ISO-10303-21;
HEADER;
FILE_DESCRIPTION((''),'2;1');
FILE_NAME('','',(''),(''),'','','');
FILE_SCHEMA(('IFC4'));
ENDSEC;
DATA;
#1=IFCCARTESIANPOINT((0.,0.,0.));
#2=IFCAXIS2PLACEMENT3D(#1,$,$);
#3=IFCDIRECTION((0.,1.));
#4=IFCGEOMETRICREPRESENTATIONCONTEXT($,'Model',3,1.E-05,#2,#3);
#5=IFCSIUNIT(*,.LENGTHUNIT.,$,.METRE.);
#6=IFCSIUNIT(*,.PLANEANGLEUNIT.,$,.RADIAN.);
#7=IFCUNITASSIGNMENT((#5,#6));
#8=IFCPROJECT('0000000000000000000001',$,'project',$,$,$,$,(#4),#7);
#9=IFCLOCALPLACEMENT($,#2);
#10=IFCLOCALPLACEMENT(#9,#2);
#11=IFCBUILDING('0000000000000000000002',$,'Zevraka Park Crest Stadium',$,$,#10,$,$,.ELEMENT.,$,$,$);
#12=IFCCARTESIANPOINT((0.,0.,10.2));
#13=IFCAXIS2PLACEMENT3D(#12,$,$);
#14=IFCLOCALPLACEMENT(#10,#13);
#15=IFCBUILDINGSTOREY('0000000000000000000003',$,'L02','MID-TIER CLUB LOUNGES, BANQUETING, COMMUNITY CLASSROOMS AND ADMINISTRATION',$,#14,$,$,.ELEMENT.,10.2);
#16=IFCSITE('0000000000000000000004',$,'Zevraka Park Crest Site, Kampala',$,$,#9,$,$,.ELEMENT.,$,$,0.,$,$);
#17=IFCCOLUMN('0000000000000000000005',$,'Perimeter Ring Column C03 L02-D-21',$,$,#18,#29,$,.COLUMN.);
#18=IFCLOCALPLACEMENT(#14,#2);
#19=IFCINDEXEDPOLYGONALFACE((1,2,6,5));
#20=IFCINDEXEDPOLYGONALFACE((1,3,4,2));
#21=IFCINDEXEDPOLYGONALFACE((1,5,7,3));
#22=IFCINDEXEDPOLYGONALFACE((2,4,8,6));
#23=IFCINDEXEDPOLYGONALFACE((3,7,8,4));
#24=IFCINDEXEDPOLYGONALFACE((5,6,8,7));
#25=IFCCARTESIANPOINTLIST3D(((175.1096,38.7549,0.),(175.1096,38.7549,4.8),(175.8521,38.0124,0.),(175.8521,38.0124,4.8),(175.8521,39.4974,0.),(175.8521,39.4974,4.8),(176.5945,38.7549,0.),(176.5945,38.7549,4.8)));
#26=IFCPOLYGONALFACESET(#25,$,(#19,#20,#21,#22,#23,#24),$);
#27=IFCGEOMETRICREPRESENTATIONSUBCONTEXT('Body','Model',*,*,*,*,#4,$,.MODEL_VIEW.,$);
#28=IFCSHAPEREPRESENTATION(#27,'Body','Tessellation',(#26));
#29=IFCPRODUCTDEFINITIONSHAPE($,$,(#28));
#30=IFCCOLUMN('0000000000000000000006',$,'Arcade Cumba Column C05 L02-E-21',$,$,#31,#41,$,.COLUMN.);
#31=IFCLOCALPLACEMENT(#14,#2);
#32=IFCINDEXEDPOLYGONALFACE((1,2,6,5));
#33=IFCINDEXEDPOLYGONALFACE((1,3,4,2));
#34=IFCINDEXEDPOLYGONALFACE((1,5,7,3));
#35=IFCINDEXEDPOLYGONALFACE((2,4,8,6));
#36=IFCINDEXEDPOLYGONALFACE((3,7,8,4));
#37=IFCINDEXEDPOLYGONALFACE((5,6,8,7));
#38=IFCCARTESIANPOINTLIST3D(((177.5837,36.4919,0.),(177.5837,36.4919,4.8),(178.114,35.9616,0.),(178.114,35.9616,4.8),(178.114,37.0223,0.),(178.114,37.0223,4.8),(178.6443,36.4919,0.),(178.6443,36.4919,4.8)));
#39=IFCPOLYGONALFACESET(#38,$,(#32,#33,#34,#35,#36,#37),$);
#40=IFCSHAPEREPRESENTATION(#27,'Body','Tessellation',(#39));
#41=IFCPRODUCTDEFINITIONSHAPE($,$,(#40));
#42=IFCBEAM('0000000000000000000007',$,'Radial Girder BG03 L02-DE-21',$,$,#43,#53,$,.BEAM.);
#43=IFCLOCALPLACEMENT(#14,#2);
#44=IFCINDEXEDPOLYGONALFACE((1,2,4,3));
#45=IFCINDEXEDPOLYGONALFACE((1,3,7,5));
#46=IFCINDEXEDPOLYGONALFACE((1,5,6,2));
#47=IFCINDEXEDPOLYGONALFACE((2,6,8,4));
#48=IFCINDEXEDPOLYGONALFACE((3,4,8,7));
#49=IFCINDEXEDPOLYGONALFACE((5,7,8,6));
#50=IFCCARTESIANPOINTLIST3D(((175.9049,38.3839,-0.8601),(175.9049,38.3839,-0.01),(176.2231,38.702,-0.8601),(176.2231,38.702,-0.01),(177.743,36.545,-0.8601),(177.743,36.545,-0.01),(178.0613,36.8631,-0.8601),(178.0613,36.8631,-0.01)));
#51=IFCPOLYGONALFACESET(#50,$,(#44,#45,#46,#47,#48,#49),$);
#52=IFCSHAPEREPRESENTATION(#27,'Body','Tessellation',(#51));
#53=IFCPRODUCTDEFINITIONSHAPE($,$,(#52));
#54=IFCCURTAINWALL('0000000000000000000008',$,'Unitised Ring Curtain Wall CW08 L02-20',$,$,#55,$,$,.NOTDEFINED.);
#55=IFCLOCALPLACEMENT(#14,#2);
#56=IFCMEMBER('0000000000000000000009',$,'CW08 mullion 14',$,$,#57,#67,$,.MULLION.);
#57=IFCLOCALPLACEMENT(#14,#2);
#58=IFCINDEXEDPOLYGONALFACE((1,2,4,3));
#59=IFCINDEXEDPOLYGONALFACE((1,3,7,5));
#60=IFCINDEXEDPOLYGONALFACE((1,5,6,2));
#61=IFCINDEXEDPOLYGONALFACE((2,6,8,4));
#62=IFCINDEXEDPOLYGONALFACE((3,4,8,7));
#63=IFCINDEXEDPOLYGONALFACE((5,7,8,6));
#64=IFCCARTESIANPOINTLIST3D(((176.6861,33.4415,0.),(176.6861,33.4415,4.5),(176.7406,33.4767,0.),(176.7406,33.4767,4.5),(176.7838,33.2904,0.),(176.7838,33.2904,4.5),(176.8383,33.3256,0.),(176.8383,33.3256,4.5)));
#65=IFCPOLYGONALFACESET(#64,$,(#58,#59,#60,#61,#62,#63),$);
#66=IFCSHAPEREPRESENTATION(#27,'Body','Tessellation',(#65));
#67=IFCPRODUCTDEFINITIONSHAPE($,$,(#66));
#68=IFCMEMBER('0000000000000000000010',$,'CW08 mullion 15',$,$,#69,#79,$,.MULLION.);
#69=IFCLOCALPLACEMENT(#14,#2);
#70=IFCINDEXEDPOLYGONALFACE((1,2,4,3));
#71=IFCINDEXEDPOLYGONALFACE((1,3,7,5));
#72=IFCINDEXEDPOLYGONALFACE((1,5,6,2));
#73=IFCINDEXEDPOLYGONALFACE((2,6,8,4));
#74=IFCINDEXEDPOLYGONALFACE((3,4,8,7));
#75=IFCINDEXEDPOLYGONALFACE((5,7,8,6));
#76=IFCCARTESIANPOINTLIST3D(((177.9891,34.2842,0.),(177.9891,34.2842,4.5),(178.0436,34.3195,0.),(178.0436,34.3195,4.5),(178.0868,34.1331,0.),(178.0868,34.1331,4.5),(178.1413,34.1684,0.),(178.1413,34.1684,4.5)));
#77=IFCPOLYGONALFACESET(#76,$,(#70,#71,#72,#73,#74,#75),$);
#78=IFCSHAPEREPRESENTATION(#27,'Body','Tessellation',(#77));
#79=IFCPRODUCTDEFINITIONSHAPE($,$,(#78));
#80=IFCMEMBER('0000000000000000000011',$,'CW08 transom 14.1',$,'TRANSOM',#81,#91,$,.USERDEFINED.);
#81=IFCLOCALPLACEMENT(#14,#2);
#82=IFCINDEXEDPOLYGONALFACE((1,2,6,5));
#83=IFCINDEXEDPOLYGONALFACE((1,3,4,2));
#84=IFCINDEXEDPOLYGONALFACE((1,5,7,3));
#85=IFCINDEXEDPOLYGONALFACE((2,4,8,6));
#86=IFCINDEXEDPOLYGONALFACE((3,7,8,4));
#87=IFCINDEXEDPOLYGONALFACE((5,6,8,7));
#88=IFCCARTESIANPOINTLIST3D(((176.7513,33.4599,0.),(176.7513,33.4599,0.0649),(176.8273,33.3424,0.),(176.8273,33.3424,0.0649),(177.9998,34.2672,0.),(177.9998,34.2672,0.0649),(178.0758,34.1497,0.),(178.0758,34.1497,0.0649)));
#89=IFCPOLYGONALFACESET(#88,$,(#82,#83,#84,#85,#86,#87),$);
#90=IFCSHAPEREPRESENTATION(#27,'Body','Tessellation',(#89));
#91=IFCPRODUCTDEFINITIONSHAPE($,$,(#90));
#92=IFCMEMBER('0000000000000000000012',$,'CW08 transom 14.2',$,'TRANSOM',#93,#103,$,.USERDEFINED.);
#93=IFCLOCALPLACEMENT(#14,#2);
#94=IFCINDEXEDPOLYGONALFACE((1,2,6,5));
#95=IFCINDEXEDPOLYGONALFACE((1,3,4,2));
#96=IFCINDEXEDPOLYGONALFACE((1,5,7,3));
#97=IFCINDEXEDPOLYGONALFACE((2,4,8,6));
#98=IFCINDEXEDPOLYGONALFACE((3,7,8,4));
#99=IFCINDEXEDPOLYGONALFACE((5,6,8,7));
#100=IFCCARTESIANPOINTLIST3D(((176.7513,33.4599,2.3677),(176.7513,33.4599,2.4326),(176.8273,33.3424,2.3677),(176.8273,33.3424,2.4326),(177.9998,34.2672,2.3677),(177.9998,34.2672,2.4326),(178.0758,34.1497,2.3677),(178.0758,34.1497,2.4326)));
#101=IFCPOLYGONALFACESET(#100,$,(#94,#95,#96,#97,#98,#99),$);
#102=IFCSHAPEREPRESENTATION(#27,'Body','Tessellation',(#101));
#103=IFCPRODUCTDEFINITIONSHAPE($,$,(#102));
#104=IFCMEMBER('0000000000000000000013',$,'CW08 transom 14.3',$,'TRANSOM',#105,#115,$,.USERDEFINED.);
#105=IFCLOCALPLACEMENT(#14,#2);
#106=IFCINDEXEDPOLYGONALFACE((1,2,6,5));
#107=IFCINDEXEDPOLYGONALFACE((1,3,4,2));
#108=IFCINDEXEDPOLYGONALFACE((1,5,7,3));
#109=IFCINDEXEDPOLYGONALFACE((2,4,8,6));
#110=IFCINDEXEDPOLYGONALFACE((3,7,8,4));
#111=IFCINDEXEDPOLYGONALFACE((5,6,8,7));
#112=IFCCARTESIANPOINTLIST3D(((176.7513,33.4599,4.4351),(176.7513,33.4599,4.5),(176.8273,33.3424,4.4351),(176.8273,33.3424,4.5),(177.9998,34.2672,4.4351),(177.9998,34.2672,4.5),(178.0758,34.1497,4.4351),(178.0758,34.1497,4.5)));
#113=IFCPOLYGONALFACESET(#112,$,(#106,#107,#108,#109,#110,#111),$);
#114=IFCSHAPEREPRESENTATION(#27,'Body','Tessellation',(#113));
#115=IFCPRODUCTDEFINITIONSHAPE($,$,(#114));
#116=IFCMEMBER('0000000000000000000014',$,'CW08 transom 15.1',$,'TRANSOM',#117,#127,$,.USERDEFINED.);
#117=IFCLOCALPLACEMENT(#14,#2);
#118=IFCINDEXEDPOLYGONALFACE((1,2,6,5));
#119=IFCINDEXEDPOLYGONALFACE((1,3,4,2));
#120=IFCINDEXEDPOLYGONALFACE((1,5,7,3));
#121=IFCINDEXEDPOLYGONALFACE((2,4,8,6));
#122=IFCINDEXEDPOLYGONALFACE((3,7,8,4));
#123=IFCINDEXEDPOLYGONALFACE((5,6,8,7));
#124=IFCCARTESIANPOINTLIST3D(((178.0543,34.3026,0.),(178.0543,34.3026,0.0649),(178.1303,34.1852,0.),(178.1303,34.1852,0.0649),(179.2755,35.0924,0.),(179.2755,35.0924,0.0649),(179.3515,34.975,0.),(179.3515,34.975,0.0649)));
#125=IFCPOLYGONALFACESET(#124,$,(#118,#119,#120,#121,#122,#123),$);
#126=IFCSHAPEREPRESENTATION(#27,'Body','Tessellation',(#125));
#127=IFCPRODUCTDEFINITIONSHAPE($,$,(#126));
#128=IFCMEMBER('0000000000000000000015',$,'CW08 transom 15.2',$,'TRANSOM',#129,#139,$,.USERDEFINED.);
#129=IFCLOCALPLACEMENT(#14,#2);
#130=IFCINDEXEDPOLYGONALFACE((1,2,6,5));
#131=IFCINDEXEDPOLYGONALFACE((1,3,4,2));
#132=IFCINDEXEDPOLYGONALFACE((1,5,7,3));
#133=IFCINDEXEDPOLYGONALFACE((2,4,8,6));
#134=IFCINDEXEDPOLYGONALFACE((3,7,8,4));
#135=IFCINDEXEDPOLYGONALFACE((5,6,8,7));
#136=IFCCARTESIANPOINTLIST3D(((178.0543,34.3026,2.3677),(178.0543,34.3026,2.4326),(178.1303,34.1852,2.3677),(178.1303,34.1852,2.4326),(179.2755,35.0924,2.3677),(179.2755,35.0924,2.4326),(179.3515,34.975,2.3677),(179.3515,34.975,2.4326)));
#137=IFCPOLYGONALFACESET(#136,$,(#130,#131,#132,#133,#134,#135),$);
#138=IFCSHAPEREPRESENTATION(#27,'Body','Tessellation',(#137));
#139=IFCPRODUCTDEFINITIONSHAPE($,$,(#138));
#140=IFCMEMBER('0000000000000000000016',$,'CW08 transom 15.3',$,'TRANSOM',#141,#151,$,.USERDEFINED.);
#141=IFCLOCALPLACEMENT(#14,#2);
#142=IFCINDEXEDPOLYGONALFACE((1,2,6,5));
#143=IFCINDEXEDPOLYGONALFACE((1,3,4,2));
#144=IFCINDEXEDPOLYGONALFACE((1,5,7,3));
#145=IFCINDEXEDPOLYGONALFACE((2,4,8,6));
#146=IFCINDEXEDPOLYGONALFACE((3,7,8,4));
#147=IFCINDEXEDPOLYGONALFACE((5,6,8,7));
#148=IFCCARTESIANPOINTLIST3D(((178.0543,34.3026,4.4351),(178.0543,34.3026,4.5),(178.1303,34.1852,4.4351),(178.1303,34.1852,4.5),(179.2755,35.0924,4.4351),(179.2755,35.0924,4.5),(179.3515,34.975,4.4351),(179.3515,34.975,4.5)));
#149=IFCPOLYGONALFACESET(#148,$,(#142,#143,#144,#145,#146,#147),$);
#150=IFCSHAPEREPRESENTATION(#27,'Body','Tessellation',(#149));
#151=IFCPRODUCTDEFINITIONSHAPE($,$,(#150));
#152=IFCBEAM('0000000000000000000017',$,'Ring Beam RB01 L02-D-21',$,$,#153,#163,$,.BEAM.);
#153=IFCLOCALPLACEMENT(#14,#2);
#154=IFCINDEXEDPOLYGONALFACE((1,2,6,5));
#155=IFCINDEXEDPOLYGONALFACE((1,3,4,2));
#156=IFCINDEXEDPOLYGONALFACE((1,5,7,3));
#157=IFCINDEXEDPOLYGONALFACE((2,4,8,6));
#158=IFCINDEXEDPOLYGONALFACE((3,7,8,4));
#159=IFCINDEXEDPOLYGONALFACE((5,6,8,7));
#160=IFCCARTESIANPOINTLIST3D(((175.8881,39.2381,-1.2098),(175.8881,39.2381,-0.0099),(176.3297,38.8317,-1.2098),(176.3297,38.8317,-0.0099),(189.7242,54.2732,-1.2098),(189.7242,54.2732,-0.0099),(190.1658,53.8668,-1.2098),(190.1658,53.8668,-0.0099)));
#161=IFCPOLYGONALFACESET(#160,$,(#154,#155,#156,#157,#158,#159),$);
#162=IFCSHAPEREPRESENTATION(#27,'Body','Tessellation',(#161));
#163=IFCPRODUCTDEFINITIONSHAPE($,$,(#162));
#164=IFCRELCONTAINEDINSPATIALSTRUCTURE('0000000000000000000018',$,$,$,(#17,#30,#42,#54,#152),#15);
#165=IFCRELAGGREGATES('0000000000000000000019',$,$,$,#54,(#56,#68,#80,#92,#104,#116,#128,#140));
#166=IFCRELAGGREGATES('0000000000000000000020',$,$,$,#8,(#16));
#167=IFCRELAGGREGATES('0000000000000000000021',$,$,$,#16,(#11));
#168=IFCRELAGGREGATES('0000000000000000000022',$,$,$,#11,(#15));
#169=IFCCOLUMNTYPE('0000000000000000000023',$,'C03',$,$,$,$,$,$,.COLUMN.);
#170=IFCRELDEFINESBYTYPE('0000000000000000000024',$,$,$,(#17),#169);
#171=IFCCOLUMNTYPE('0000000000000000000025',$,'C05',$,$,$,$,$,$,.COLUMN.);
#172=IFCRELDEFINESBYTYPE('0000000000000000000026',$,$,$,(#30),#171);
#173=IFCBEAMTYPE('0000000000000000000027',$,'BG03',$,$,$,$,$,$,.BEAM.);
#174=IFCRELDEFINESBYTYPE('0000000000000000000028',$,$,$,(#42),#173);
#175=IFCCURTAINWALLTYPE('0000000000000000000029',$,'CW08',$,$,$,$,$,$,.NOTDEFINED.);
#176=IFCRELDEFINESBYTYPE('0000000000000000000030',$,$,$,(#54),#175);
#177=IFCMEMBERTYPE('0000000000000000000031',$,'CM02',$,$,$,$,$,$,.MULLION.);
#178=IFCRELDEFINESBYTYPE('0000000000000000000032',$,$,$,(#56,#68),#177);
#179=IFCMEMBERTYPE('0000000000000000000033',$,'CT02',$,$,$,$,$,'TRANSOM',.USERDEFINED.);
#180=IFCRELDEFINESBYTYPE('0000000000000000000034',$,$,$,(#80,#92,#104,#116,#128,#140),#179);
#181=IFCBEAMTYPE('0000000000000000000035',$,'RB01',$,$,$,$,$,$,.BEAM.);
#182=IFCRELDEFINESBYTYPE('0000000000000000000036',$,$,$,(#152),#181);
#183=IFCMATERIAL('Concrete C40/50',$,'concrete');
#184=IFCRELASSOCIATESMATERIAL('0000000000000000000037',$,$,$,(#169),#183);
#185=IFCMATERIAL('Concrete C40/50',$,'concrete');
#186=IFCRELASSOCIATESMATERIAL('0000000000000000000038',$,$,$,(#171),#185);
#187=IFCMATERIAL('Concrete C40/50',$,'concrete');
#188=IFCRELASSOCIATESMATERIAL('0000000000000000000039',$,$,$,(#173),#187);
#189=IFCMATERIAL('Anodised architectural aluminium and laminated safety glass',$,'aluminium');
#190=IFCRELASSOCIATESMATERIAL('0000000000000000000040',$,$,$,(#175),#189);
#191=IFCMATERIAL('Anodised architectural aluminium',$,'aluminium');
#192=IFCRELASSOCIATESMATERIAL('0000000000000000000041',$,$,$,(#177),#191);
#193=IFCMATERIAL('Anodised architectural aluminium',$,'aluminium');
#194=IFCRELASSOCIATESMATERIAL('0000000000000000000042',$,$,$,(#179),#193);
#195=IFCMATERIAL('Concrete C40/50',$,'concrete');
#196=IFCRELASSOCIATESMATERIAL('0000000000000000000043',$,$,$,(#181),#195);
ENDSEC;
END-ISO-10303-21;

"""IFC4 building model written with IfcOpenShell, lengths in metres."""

from ifc_helpers import new_model, si_unit, direction, frame, origin, origin_2d, place, context, subcontext, project, spatial, rectangle, extrude, material, material_profile, profile_set, type_object, element, aggregate, save


model = new_model("IFC4")

# Units and contexts
model_context = context("Model", 3, precision=1e-05, world=origin(), true_north=direction((0.0, 1.0)))
body_context = subcontext(model_context, "Body", "Model", "MODEL_VIEW")
ifc_project = project(units=[si_unit("LENGTHUNIT", "METRE"), si_unit("PLANEANGLEUNIT", "RADIAN")], contexts=[model_context])

# Site, building, storey
site_placement = place(None, origin())
site = spatial("IfcSite", under=ifc_project, at=site_placement, Name="Zevraka Park Crest Site, Kampala", CompositionType="ELEMENT", RefElevation=0.0)
building_placement = place(site_placement, origin())
building = spatial("IfcBuilding", under=site, at=building_placement, Name="Zevraka Park Crest Stadium", CompositionType="ELEMENT")
storey_placement = place(building_placement, frame((0.0, 0.0, 10.2)))
storey = spatial("IfcBuildingStorey", under=building, at=storey_placement, Name="L02", Description="MID-TIER CLUB LOUNGES, BANQUETING, COMMUNITY CLASSROOMS AND ADMINISTRATION", CompositionType="ELEMENT", Elevation=10.2)

# Columns
ifc_material_1 = material(Name="Concrete C40/50", Category="concrete")
ifc_material_profile_1 = material_profile(ifc_material_1, rectangle(XDim=1.05, YDim=1.05, at=origin_2d()), Name="RC 1050x1050")
ifc_profile_set_1 = profile_set([ifc_material_profile_1], Name="Concrete C40/50")
column_type_1 = type_object("IfcColumnType", Name="C03", PredefinedType="COLUMN", material=ifc_profile_set_1)
column_1_placement = place(storey_placement, frame((175.8521, 38.7549, 0.0), z_axis=(0.0, 0.0, 1.0), x_axis=(-0.707107, 0.707107, 0.0)))
element("IfcColumn", 1, at=column_1_placement, inside=storey, type_object=column_type_1, Name="Perimeter Ring Column C03 L02-D-21", PredefinedType="COLUMN", context=body_context, shape_type="SweptSolid", body=[
    extrude(rectangle(XDim=1.05, YDim=1.05, at=origin_2d()), origin(), (0.0, 0.0, 1.0), 4.8),
])
ifc_material_2 = material(Name="Concrete C40/50", Category="concrete")
ifc_material_profile_2 = material_profile(ifc_material_2, rectangle(XDim=0.75, YDim=0.75, at=origin_2d()), Name="RC 750x750")
ifc_profile_set_2 = profile_set([ifc_material_profile_2], Name="Concrete C40/50")
column_type_2 = type_object("IfcColumnType", Name="C05", PredefinedType="COLUMN", material=ifc_profile_set_2)
column_2_placement = place(storey_placement, frame((178.114, 36.4919, 0.0), z_axis=(0.0, 0.0, 1.0), x_axis=(-0.707107, 0.707107, 0.0)))
element("IfcColumn", 2, at=column_2_placement, inside=storey, type_object=column_type_2, Name="Arcade Cumba Column C05 L02-E-21", PredefinedType="COLUMN", context=body_context, shape_type="SweptSolid", body=[
    extrude(rectangle(XDim=0.75, YDim=0.75, at=origin_2d()), origin(), (0.0, 0.0, 1.0), 4.8),
])

# Beam
ifc_material_3 = material(Name="Concrete C40/50", Category="concrete")
ifc_material_profile_3 = material_profile(ifc_material_3, rectangle(XDim=0.45, YDim=0.8501, at=origin_2d()), Name="RC 850x450")
ifc_profile_set_3 = profile_set([ifc_material_profile_3], Name="Concrete C40/50")
beam_type_1 = type_object("IfcBeamType", Name="BG03", PredefinedType="BEAM", material=ifc_profile_set_3)
beam_1_placement = place(storey_placement, frame((176.064, 38.543, -0.4351), z_axis=(0.706966, -0.707248, 0.0), x_axis=(0.707248, 0.706966, 0.0)))
element("IfcBeam", 3, at=beam_1_placement, inside=storey, type_object=beam_type_1, Name="Radial Girder BG03 L02-DE-21", PredefinedType="BEAM", context=body_context, shape_type="SweptSolid", body=[
    extrude(rectangle(XDim=0.45, YDim=0.8501, at=origin_2d()), origin(), (0.0, 0.0, 1.0), 2.6001),
])

# Curtain wall, members
ifc_material_4 = material(Name="Anodised architectural aluminium and laminated safety glass", Category="aluminium")
curtain_wall_type = type_object("IfcCurtainWallType", Name="CW08", PredefinedType="NOTDEFINED", material=ifc_material_4)
curtain_wall_placement = place(storey_placement, origin())
curtain_wall = element("IfcCurtainWall", 4, at=curtain_wall_placement, inside=storey, type_object=curtain_wall_type, Name="Unitised Ring Curtain Wall CW08 L02-20", PredefinedType="NOTDEFINED")
ifc_material_5 = material(Name="Anodised architectural aluminium", Category="aluminium")
ifc_material_profile_4 = material_profile(ifc_material_5, rectangle(XDim=0.1799, YDim=0.0649, at=origin_2d()), Name="ALU MULLION 180x65")
ifc_profile_set_4 = profile_set([ifc_material_profile_4], Name="Anodised architectural aluminium")
member_type_1 = type_object("IfcMemberType", Name="CM02", PredefinedType="MULLION", material=ifc_profile_set_4)
member_1_placement = place(storey_placement, frame((176.7622, 33.3835, 0.0), z_axis=(0.0, 0.0, 1.0), x_axis=(-0.543096, 0.83967, 0.0)))
member_1 = element("IfcMember", 5, at=member_1_placement, type_object=member_type_1, Name="CW08 mullion 14", PredefinedType="MULLION", context=body_context, shape_type="SweptSolid", body=[
    extrude(rectangle(XDim=0.1799, YDim=0.0649, at=origin_2d()), origin(), (0.0, 0.0, 1.0), 4.5),
])
member_2_placement = place(storey_placement, frame((178.0652, 34.2263, 0.0), z_axis=(0.0, 0.0, 1.0), x_axis=(-0.543096, 0.83967, 0.0)))
member_2 = element("IfcMember", 6, at=member_2_placement, type_object=member_type_1, Name="CW08 mullion 15", PredefinedType="MULLION", context=body_context, shape_type="SweptSolid", body=[
    extrude(rectangle(XDim=0.1799, YDim=0.0649, at=origin_2d()), origin(), (0.0, 0.0, 1.0), 4.5),
])
ifc_material_6 = material(Name="Anodised architectural aluminium", Category="aluminium")
ifc_material_profile_5 = material_profile(ifc_material_6, rectangle(XDim=0.1399, YDim=0.0649, at=origin_2d()), Name="ALU TRANSOM 140x65")
ifc_profile_set_5 = profile_set([ifc_material_profile_5], Name="Anodised architectural aluminium")
member_type_2 = type_object("IfcMemberType", Name="CT02", ElementType="TRANSOM", PredefinedType="USERDEFINED", material=ifc_profile_set_5)
member_3_placement = place(storey_placement, frame((176.7893, 33.4011, 0.0325), z_axis=(0.839724, 0.543013, 0.0), x_axis=(-0.543013, 0.839724, 0.0)))
member_3 = element("IfcMember", 7, at=member_3_placement, type_object=member_type_2, Name="CW08 transom 14.1", ObjectType="TRANSOM", PredefinedType="USERDEFINED", context=body_context, shape_type="SweptSolid", body=[
    extrude(rectangle(XDim=0.1399, YDim=0.0649, at=origin_2d()), origin(), (0.0, 0.0, 1.0), 1.4868),
])
member_4_placement = place(storey_placement, frame((176.7893, 33.4011, 2.4001), z_axis=(0.839724, 0.543013, 0.0), x_axis=(-0.543013, 0.839724, 0.0)))
member_4 = element("IfcMember", 8, at=member_4_placement, type_object=member_type_2, Name="CW08 transom 14.2", ObjectType="TRANSOM", PredefinedType="USERDEFINED", context=body_context, shape_type="SweptSolid", body=[
    extrude(rectangle(XDim=0.1399, YDim=0.0649, at=origin_2d()), origin(), (0.0, 0.0, 1.0), 1.4868),
])
member_5_placement = place(storey_placement, frame((176.7893, 33.4011, 4.4675), z_axis=(0.839724, 0.543013, 0.0), x_axis=(-0.543013, 0.839724, 0.0)))
member_5 = element("IfcMember", 9, at=member_5_placement, type_object=member_type_2, Name="CW08 transom 14.3", ObjectType="TRANSOM", PredefinedType="USERDEFINED", context=body_context, shape_type="SweptSolid", body=[
    extrude(rectangle(XDim=0.1399, YDim=0.0649, at=origin_2d()), origin(), (0.0, 0.0, 1.0), 1.4868),
])
member_6_placement = place(storey_placement, frame((178.0923, 34.2439, 0.0325), z_axis=(0.839692, 0.543063, 0.0), x_axis=(-0.543063, 0.839692, 0.0)))
member_6 = element("IfcMember", 10, at=member_6_placement, type_object=member_type_2, Name="CW08 transom 15.1", ObjectType="TRANSOM", PredefinedType="USERDEFINED", context=body_context, shape_type="SweptSolid", body=[
    extrude(rectangle(XDim=0.1399, YDim=0.0649, at=origin_2d()), origin(), (0.0, 0.0, 1.0), 1.4543),
])
member_7_placement = place(storey_placement, frame((178.0923, 34.2439, 2.4001), z_axis=(0.839692, 0.543063, 0.0), x_axis=(-0.543063, 0.839692, 0.0)))
member_7 = element("IfcMember", 11, at=member_7_placement, type_object=member_type_2, Name="CW08 transom 15.2", ObjectType="TRANSOM", PredefinedType="USERDEFINED", context=body_context, shape_type="SweptSolid", body=[
    extrude(rectangle(XDim=0.1399, YDim=0.0649, at=origin_2d()), origin(), (0.0, 0.0, 1.0), 1.4543),
])
member_8_placement = place(storey_placement, frame((178.0923, 34.2439, 4.4675), z_axis=(0.839692, 0.543063, 0.0), x_axis=(-0.543063, 0.839692, 0.0)))
member_8 = element("IfcMember", 12, at=member_8_placement, type_object=member_type_2, Name="CW08 transom 15.3", ObjectType="TRANSOM", PredefinedType="USERDEFINED", context=body_context, shape_type="SweptSolid", body=[
    extrude(rectangle(XDim=0.1399, YDim=0.0649, at=origin_2d()), origin(), (0.0, 0.0, 1.0), 1.4543),
])

# Beam
ifc_material_7 = material(Name="Concrete C40/50", Category="concrete")
ifc_material_profile_6 = material_profile(ifc_material_7, rectangle(XDim=0.6001, YDim=1.2, at=origin_2d()), Name="RC 1200x600")
ifc_profile_set_6 = profile_set([ifc_material_profile_6], Name="Concrete C40/50")
beam_type_2 = type_object("IfcBeamType", Name="RB01", PredefinedType="BEAM", material=ifc_profile_set_6)
beam_2_placement = place(storey_placement, frame((176.1089, 39.0349, -0.6099), z_axis=(0.677158, 0.735837, 0.0), x_axis=(-0.735837, 0.677158, 0.0)))
element("IfcBeam", 13, at=beam_2_placement, inside=storey, type_object=beam_type_2, Name="Ring Beam RB01 L02-D-21", PredefinedType="BEAM", context=body_context, shape_type="SweptSolid", body=[
    extrude(rectangle(XDim=0.6001, YDim=1.2, at=origin_2d()), origin(), (0.0, 0.0, 1.0), 20.4326),
])

aggregate(curtain_wall, [member_1, member_2, member_3, member_4, member_5, member_6, member_7, member_8])

save(model, "model.ifc")
